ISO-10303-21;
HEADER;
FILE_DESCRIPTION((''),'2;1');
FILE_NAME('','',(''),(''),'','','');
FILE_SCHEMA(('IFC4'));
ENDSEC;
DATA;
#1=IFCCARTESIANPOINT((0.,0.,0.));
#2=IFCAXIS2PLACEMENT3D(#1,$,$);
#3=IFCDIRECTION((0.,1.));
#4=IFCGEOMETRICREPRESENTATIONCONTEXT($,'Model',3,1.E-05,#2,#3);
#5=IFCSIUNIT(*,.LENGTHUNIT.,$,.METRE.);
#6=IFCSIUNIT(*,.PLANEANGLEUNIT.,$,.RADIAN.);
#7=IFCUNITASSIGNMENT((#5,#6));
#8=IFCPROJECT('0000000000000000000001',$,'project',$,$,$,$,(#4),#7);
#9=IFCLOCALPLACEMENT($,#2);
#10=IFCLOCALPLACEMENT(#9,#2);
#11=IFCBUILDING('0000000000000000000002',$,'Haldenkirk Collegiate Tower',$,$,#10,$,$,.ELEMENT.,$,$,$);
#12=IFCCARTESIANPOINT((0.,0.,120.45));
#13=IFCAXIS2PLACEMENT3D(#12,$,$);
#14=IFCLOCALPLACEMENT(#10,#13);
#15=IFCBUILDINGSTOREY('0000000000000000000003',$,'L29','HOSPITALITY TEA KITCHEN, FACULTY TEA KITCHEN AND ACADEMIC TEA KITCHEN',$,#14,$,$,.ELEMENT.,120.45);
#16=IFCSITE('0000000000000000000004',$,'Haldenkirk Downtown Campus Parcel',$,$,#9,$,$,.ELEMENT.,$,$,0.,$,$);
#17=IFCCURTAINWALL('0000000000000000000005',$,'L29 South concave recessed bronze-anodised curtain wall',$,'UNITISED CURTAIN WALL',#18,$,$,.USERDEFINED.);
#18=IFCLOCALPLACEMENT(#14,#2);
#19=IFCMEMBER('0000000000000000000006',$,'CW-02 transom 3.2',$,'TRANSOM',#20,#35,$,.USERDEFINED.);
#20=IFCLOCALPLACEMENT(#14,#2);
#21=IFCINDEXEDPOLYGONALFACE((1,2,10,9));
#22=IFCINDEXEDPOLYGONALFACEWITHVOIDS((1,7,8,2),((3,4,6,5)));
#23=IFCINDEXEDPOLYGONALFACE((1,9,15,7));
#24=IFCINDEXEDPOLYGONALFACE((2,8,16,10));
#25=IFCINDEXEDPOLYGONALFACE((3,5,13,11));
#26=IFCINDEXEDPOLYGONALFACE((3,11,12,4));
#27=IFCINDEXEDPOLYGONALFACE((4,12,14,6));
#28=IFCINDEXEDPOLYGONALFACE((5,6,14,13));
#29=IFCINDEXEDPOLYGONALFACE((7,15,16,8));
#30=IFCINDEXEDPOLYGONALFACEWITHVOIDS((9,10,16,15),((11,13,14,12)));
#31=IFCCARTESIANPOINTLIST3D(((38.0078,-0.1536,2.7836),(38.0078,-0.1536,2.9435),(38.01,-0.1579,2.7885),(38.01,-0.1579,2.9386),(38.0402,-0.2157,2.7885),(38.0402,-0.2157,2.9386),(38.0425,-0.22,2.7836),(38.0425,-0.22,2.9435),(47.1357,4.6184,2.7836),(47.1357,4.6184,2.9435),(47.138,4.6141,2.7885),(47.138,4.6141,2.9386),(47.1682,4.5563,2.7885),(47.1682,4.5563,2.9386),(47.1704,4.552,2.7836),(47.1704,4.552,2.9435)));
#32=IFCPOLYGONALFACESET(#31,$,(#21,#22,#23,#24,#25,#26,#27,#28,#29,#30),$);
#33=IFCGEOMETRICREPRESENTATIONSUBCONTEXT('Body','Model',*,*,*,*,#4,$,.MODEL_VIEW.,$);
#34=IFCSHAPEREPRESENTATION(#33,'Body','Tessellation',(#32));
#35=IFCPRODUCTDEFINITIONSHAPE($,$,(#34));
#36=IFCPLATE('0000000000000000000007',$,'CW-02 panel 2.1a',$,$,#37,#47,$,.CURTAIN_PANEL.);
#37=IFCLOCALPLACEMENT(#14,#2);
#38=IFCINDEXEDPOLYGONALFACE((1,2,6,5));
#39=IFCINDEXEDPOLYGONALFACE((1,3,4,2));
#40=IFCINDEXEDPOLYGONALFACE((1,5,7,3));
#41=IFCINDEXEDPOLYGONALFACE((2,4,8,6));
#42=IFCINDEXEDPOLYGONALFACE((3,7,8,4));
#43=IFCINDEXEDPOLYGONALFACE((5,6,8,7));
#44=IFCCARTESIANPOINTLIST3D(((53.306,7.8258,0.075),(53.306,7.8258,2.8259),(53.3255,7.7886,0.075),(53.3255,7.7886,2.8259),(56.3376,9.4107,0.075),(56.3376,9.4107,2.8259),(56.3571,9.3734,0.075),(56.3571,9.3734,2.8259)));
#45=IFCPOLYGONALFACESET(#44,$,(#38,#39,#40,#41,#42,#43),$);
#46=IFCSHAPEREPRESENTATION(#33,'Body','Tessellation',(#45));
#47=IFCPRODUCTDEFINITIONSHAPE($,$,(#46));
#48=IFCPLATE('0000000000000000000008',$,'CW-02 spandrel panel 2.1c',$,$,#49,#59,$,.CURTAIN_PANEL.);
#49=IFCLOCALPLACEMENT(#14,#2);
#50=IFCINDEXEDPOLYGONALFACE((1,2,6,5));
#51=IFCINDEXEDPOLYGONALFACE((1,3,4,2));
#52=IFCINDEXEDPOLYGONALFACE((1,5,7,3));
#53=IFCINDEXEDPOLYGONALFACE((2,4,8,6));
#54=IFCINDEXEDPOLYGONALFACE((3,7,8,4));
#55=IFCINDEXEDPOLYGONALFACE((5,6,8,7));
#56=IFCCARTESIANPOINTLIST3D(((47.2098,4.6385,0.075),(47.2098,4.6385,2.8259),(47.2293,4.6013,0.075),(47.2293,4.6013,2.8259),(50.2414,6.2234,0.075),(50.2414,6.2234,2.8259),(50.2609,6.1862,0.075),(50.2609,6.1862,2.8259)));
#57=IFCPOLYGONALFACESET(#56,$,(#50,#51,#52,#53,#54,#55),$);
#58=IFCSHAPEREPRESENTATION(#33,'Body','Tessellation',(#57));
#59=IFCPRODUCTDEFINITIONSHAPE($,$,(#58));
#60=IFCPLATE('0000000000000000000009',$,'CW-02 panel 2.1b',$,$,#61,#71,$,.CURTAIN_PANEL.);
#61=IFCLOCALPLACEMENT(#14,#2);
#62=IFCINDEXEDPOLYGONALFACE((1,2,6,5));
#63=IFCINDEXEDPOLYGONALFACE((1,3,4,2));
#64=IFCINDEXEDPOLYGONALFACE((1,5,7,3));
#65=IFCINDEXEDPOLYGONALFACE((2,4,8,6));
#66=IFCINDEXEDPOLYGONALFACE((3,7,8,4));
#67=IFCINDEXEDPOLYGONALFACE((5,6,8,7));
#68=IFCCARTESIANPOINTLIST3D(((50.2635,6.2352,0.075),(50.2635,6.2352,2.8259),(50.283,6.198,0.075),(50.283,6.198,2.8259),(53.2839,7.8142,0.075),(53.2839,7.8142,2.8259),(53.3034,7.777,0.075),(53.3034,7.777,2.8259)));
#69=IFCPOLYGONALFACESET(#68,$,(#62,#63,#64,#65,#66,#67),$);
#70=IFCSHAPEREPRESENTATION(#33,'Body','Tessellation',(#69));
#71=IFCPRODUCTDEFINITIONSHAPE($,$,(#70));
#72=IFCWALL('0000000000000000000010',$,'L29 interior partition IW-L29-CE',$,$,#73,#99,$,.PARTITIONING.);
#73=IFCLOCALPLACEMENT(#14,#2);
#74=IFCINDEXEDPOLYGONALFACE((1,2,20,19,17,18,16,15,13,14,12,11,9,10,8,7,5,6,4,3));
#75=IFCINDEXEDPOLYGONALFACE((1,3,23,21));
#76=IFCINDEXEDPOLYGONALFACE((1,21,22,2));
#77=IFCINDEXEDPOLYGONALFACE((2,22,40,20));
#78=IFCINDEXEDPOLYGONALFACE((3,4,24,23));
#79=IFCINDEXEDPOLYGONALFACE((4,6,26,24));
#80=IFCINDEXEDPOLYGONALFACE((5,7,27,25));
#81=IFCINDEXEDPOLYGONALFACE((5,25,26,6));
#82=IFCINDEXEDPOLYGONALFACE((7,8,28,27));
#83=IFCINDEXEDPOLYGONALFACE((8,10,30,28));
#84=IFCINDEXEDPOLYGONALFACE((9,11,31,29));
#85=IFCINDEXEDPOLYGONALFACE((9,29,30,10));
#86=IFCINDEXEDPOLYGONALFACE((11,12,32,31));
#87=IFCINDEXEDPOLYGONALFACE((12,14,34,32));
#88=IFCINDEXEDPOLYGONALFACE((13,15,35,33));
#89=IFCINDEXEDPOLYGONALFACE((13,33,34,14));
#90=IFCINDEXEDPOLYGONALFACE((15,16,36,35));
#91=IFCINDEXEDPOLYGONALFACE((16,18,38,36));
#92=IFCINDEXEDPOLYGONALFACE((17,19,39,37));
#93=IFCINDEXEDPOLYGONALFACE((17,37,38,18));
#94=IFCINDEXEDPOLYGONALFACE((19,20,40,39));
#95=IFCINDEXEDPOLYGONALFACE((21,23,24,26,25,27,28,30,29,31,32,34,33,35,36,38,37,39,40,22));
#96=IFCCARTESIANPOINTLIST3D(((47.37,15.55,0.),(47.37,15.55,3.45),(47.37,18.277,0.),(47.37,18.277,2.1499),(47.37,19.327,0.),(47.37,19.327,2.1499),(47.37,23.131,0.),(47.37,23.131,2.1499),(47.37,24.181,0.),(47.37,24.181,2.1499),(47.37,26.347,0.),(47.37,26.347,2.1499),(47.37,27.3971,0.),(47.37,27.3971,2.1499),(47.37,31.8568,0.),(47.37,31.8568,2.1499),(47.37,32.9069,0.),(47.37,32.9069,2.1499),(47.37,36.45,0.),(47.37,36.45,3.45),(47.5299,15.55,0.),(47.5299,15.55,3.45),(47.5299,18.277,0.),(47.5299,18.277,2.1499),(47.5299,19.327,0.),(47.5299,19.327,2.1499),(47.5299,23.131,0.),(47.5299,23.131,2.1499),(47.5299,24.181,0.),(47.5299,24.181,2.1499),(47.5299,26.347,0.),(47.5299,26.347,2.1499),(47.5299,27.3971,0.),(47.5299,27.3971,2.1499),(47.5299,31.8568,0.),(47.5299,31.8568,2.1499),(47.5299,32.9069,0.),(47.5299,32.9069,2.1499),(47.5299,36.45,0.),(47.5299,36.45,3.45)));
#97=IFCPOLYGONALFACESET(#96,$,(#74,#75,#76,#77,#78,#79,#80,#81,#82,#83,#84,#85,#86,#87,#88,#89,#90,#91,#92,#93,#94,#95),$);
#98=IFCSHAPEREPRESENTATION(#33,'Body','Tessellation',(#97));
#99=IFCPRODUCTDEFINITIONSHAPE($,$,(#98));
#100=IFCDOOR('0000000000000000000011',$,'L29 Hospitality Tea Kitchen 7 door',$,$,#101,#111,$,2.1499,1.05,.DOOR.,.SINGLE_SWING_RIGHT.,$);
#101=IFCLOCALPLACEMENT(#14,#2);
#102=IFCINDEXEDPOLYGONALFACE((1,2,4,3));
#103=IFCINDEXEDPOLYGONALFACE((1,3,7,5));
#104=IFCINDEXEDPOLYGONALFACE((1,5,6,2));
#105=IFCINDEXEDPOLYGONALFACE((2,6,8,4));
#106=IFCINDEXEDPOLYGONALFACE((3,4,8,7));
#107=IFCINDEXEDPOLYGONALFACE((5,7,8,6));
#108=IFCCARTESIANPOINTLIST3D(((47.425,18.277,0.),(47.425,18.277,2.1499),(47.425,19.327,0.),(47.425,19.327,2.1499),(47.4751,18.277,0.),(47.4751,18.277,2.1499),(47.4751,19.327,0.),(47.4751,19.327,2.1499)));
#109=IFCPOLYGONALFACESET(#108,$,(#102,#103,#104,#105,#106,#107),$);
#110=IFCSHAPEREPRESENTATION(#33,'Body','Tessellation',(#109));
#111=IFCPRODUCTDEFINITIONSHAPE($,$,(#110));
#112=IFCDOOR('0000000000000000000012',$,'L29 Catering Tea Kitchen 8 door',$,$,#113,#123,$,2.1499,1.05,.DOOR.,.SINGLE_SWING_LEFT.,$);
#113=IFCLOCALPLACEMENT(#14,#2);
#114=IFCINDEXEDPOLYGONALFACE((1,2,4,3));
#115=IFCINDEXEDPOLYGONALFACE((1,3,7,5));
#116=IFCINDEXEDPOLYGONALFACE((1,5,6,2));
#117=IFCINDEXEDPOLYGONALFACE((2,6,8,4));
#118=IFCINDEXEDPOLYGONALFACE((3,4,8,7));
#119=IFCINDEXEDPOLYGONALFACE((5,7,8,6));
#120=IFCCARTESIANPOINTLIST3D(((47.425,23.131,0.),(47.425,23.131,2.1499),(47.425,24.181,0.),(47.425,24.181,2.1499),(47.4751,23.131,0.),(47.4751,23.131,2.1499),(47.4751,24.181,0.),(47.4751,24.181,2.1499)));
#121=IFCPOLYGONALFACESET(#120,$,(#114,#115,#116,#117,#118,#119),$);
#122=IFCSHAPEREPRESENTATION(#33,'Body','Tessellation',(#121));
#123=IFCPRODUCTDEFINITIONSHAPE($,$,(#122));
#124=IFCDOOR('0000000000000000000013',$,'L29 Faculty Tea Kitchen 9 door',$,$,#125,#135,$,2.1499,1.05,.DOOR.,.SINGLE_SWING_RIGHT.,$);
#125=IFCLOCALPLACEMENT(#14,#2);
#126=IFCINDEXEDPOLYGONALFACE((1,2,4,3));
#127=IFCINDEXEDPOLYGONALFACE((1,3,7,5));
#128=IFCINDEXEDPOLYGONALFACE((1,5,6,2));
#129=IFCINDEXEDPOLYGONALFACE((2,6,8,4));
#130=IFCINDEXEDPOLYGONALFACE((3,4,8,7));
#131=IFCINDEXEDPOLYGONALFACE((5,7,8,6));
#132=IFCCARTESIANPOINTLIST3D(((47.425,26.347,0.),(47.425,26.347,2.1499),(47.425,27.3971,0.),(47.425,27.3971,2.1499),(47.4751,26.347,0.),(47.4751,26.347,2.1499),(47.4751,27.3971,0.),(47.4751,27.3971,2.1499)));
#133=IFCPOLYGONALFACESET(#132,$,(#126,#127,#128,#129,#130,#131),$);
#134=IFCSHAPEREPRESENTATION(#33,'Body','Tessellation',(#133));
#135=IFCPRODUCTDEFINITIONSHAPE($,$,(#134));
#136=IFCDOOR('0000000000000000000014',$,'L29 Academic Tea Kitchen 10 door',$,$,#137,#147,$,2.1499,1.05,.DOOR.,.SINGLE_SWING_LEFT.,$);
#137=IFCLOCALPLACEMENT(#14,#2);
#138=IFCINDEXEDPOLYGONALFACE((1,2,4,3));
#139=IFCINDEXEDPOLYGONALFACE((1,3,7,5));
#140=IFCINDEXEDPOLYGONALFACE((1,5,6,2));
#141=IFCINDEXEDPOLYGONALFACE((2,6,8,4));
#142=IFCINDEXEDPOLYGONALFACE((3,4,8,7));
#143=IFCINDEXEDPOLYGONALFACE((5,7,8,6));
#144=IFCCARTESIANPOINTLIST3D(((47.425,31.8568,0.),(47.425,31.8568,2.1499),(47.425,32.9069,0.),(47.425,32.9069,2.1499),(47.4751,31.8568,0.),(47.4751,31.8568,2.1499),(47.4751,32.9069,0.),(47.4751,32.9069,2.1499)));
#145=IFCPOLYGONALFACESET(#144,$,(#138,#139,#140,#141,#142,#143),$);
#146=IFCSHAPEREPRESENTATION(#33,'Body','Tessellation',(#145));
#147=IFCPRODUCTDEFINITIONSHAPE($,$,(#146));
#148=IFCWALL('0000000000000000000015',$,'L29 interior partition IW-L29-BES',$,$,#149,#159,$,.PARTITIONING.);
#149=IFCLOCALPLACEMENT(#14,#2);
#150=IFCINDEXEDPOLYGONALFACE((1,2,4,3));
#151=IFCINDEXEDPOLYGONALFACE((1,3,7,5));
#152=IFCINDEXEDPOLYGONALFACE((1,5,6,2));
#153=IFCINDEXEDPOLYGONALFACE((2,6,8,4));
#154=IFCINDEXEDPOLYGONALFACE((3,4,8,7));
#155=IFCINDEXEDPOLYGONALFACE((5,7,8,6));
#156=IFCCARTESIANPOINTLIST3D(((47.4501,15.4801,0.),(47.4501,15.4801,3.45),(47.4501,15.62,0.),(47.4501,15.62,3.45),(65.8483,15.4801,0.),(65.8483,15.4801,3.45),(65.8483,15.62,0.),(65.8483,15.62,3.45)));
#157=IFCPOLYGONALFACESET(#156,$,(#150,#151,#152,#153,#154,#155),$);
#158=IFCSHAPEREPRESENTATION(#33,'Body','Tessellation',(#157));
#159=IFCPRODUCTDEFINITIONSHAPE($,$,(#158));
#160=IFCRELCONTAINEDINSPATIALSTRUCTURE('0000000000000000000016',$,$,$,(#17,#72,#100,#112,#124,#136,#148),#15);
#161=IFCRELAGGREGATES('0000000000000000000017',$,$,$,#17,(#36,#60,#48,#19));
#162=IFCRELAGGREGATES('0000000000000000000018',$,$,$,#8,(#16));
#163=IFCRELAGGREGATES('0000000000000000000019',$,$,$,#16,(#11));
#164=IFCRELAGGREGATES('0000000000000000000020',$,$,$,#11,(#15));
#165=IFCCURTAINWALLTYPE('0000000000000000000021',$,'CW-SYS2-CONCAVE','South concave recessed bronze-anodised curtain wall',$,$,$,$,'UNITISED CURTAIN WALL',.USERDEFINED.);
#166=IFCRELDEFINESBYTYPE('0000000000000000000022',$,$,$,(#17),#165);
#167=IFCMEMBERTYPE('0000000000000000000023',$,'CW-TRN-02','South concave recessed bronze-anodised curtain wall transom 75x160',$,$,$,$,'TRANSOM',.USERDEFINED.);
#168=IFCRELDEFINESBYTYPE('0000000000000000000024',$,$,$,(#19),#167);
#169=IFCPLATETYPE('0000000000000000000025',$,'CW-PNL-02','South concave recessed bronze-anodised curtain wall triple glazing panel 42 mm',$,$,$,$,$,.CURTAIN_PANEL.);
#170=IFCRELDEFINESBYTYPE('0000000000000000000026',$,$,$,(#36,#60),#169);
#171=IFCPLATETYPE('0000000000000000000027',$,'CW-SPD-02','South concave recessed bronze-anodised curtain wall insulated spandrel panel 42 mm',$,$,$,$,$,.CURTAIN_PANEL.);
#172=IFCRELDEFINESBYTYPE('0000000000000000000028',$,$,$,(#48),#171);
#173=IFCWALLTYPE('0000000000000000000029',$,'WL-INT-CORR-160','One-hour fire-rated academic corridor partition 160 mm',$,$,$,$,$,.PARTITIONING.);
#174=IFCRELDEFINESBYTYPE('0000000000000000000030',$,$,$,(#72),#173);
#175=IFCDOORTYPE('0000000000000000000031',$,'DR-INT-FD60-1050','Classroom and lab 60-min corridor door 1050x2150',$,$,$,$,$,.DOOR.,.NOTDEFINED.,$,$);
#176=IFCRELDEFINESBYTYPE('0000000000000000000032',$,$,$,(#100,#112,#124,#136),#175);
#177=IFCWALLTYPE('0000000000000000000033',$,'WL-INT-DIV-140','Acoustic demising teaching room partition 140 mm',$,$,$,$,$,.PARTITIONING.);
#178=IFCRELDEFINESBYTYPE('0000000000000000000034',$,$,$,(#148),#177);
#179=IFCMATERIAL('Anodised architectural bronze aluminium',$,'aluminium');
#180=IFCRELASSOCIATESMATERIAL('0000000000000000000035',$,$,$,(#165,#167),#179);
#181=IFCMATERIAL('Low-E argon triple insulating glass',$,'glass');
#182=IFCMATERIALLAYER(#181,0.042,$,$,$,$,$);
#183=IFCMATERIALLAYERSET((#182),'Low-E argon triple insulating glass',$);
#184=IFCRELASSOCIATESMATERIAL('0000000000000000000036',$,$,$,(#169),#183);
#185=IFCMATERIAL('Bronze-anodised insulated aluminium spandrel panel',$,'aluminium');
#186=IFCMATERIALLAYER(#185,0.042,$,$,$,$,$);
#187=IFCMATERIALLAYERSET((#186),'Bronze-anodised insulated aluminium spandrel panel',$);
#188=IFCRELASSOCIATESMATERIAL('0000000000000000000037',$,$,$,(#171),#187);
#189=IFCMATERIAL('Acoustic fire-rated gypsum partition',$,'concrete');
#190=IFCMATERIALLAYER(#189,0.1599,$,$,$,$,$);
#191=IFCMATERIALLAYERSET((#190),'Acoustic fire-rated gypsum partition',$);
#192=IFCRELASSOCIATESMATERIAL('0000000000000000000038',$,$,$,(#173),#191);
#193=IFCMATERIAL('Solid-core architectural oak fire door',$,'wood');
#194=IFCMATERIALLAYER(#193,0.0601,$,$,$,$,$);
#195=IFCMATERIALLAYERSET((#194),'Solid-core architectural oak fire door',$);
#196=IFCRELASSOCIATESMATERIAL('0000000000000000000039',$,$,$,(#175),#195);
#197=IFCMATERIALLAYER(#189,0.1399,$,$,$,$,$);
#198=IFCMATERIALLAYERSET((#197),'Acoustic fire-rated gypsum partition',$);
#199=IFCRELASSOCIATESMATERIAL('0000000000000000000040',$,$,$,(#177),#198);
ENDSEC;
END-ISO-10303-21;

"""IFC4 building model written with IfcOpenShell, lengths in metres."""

from ifc_helpers import new_model, si_unit, direction, frame, frame_2d, origin, origin_2d, place, context, subcontext, project, spatial, rectangle, hollow_rectangle, extrude, source, transform, mapped, material, layer, layer_set, material_profile, profile_set, type_object, element, fill, aggregate, save


model = new_model("IFC4")

# Units and contexts
model_context = context("Model", 3, precision=1e-05, world=origin(), true_north=direction((0.0, 1.0)))
body_context = subcontext(model_context, "Body", "Model", "MODEL_VIEW")
ifc_project = project(units=[si_unit("LENGTHUNIT", "METRE"), si_unit("PLANEANGLEUNIT", "RADIAN")], contexts=[model_context])

# Site, building, storey
site_placement = place(None, origin())
site = spatial("IfcSite", under=ifc_project, at=site_placement, Name="Haldenkirk Downtown Campus Parcel", CompositionType="ELEMENT", RefElevation=0.0)
building_placement = place(site_placement, origin())
building = spatial("IfcBuilding", under=site, at=building_placement, Name="Haldenkirk Collegiate Tower", CompositionType="ELEMENT")
storey_placement = place(building_placement, frame((0.0, 0.0, 120.45)))
storey = spatial("IfcBuildingStorey", under=building, at=storey_placement, Name="L29", Description="HOSPITALITY TEA KITCHEN, FACULTY TEA KITCHEN AND ACADEMIC TEA KITCHEN", CompositionType="ELEMENT", Elevation=120.45)

# Curtain wall, member, plates
ifc_material_1 = material(Name="Anodised architectural bronze aluminium", Category="aluminium")
curtain_wall_type = type_object("IfcCurtainWallType", Name="CW-SYS2-CONCAVE", Description="South concave recessed bronze-anodised curtain wall", ElementType="UNITISED CURTAIN WALL", PredefinedType="USERDEFINED", material=ifc_material_1)
curtain_wall_placement = place(storey_placement, origin())
curtain_wall = element("IfcCurtainWall", 1, at=curtain_wall_placement, inside=storey, type_object=curtain_wall_type, Name="L29 South concave recessed bronze-anodised curtain wall", ObjectType="UNITISED CURTAIN WALL", PredefinedType="USERDEFINED")
ifc_material_profile_1 = material_profile(ifc_material_1, hollow_rectangle(XDim=0.075, YDim=0.1599, WallThickness=0.0049, at=origin_2d()), Name="CW-TRN-02")
ifc_profile_set_1 = profile_set([ifc_material_profile_1], Name="Anodised architectural bronze aluminium")
member_type_1 = type_object("IfcMemberType", Name="CW-TRN-02", Description="South concave recessed bronze-anodised curtain wall transom 75x160", ElementType="TRANSOM", PredefinedType="USERDEFINED", material=ifc_profile_set_1)
member_1_placement = place(storey_placement, frame((47.1531, 4.5852, 2.8635), z_axis=(-0.886203, -0.463297, 0.0), x_axis=(0.463297, -0.886203, 0.0)))
member_1 = element("IfcMember", 2, at=member_1_placement, type_object=member_type_1, Name="CW-02 transom 3.2", ObjectType="TRANSOM", PredefinedType="USERDEFINED", context=body_context, shape_type="SweptSolid", body=[
    extrude(hollow_rectangle(XDim=0.075, YDim=0.1599, WallThickness=0.0049, at=origin_2d()), origin(), (0.0, 0.0, 1.0), 10.3),
])
ifc_material_2 = material(Name="Low-E argon triple insulating glass", Category="glass")
ifc_layer_1 = layer(ifc_material_2, 0.042)
ifc_layer_set_1 = layer_set([ifc_layer_1], Name="Low-E argon triple insulating glass")
plate_type_1 = type_object("IfcPlateType", Name="CW-PNL-02", Description="South concave recessed bronze-anodised curtain wall triple glazing panel 42 mm", PredefinedType="CURTAIN_PANEL", material=ifc_layer_set_1)
shared_shape_1 = source(origin(), body_context, "Body", "SweptSolid", [
    extrude(rectangle(XDim=3.4209, YDim=0.042, at=origin_2d()), origin(), (0.0, 0.0, 1.0), 2.751),
])
plate_1_placement = place(storey_placement, frame((54.8315, 8.5996, 0.075), z_axis=(0.0, 0.0, 1.0), x_axis=(-0.886203, -0.463297, 0.0)))
plate_1 = element("IfcPlate", 3, at=plate_1_placement, type_object=plate_type_1, Name="CW-02 panel 2.1a", PredefinedType="CURTAIN_PANEL", context=body_context, shape_type="MappedRepresentation", body=[
    mapped(shared_shape_1, transform((0.0, 0.0, 0.0), x_axis=(1.0, 0.0, 0.0), y_axis=(0.0, 1.0, 0.0), z_axis=(0.0, 0.0, 1.0), scale=1.0)),
])
ifc_material_3 = material(Name="Bronze-anodised insulated aluminium spandrel panel", Category="aluminium")
ifc_layer_2 = layer(ifc_material_3, 0.042)
ifc_layer_set_2 = layer_set([ifc_layer_2], Name="Bronze-anodised insulated aluminium spandrel panel")
plate_type_2 = type_object("IfcPlateType", Name="CW-SPD-02", Description="South concave recessed bronze-anodised curtain wall insulated spandrel panel 42 mm", PredefinedType="CURTAIN_PANEL", material=ifc_layer_set_2)
plate_2_placement = place(storey_placement, frame((48.7354, 5.4124, 0.075), z_axis=(0.0, 0.0, 1.0), x_axis=(-0.886203, -0.463297, 0.0)))
plate_2 = element("IfcPlate", 4, at=plate_2_placement, type_object=plate_type_2, Name="CW-02 spandrel panel 2.1c", PredefinedType="CURTAIN_PANEL", context=body_context, shape_type="MappedRepresentation", body=[
    mapped(shared_shape_1, transform((0.0, 0.0, 0.0), x_axis=(1.0, 0.0, 0.0), y_axis=(0.0, 1.0, 0.0), z_axis=(0.0, 0.0, 1.0), scale=1.0)),
])
shared_shape_2 = source(origin(), body_context, "Body", "SweptSolid", [
    extrude(rectangle(XDim=3.4082, YDim=0.042, at=origin_2d()), origin(), (0.0, 0.0, 1.0), 2.751),
])
plate_3_placement = place(storey_placement, frame((51.7834, 7.0061, 0.075), z_axis=(0.0, 0.0, 1.0), x_axis=(-0.886203, -0.463297, 0.0)))
plate_3 = element("IfcPlate", 5, at=plate_3_placement, type_object=plate_type_1, Name="CW-02 panel 2.1b", PredefinedType="CURTAIN_PANEL", context=body_context, shape_type="MappedRepresentation", body=[
    mapped(shared_shape_2, transform((0.0, 0.0, 0.0), x_axis=(1.0, 0.0, 0.0), y_axis=(0.0, 1.0, 0.0), z_axis=(0.0, 0.0, 1.0), scale=1.0)),
])
aggregate(curtain_wall, [plate_1, plate_3, plate_2, member_1])

# Wall, openings, doors
ifc_material_4 = material(Name="Acoustic fire-rated gypsum partition", Category="concrete")
ifc_layer_3 = layer(ifc_material_4, 0.1599)
ifc_layer_set_3 = layer_set([ifc_layer_3], Name="Acoustic fire-rated gypsum partition")
wall_type_1 = type_object("IfcWallType", Name="WL-INT-CORR-160", Description="One-hour fire-rated academic corridor partition 160 mm", PredefinedType="PARTITIONING", material=ifc_layer_set_3)
wall_1_placement = place(storey_placement, frame((47.45, 15.55, 0.0), z_axis=(0.0, 0.0, 1.0), x_axis=(0.0, 1.0, 0.0)))
wall_1 = element("IfcWall", 6, at=wall_1_placement, inside=storey, type_object=wall_type_1, Name="L29 interior partition IW-L29-CE", PredefinedType="PARTITIONING", context=body_context, shape_type="SweptSolid", body=[
    extrude(rectangle(XDim=20.8999, YDim=0.1599, at=frame_2d((10.45, 0.0))), origin(), (0.0, 0.0, 1.0), 3.45),
])
opening_1_placement = place(wall_1_placement, frame((2.7271, 0.0, 0.0)))
opening_1 = element("IfcOpeningElement", 7, at=opening_1_placement, cuts=wall_1, PredefinedType="OPENING", context=body_context, shape_type="SweptSolid", body=[
    extrude(rectangle(XDim=1.05, YDim=2.1499, at=frame_2d((0.5249, 1.075))), frame((0.0, 0.0898, 0.0), z_axis=(0.0, -1.0, 0.0), x_axis=(1.0, 0.0, 0.0)), (0.0, 0.0, 1.0), 0.1799),
])
opening_2_placement = place(wall_1_placement, frame((7.5811, 0.0, 0.0)))
opening_2 = element("IfcOpeningElement", 8, at=opening_2_placement, cuts=wall_1, PredefinedType="OPENING", context=body_context, shape_type="SweptSolid", body=[
    extrude(rectangle(XDim=1.05, YDim=2.1499, at=frame_2d((0.5249, 1.075))), frame((0.0, 0.0898, 0.0), z_axis=(0.0, -1.0, 0.0), x_axis=(1.0, 0.0, 0.0)), (0.0, 0.0, 1.0), 0.1799),
])
opening_3_placement = place(wall_1_placement, frame((10.7971, 0.0, 0.0)))
opening_3 = element("IfcOpeningElement", 9, at=opening_3_placement, cuts=wall_1, PredefinedType="OPENING", context=body_context, shape_type="SweptSolid", body=[
    extrude(rectangle(XDim=1.05, YDim=2.1499, at=frame_2d((0.5249, 1.075))), frame((0.0, 0.0898, 0.0), z_axis=(0.0, -1.0, 0.0), x_axis=(1.0, 0.0, 0.0)), (0.0, 0.0, 1.0), 0.1799),
])
opening_4_placement = place(wall_1_placement, frame((16.3069, 0.0, 0.0)))
opening_4 = element("IfcOpeningElement", 10, at=opening_4_placement, cuts=wall_1, PredefinedType="OPENING", context=body_context, shape_type="SweptSolid", body=[
    extrude(rectangle(XDim=1.05, YDim=2.1499, at=frame_2d((0.5249, 1.075))), frame((0.0, 0.0898, 0.0), z_axis=(0.0, -1.0, 0.0), x_axis=(1.0, 0.0, 0.0)), (0.0, 0.0, 1.0), 0.1799),
])
ifc_material_5 = material(Name="Solid-core architectural oak fire door", Category="wood")
ifc_layer_4 = layer(ifc_material_5, 0.0601)
ifc_layer_set_4 = layer_set([ifc_layer_4], Name="Solid-core architectural oak fire door")
door_type = type_object("IfcDoorType", Name="DR-INT-FD60-1050", Description="Classroom and lab 60-min corridor door 1050x2150", OperationType="NOTDEFINED", PredefinedType="DOOR", material=ifc_layer_set_4)
door_1_placement = place(opening_1_placement, origin())
door_1 = element("IfcDoor", 11, at=door_1_placement, inside=storey, type_object=door_type, Name="L29 Hospitality Tea Kitchen 7 door", OperationType="SINGLE_SWING_RIGHT", OverallHeight=2.1499, OverallWidth=1.05, PredefinedType="DOOR", context=body_context, shape_type="SweptSolid", body=[
    extrude(rectangle(XDim=1.05, YDim=2.1499, at=frame_2d((0.5249, 1.075))), frame((0.0, 0.0249, 0.0), z_axis=(0.0, -1.0, 0.0), x_axis=(1.0, 0.0, 0.0)), (0.0, 0.0, 1.0), 0.05),
])
fill(opening_1, door_1)
door_2_placement = place(opening_2_placement, origin())
door_2 = element("IfcDoor", 12, at=door_2_placement, inside=storey, type_object=door_type, Name="L29 Catering Tea Kitchen 8 door", OperationType="SINGLE_SWING_LEFT", OverallHeight=2.1499, OverallWidth=1.05, PredefinedType="DOOR", context=body_context, shape_type="SweptSolid", body=[
    extrude(rectangle(XDim=1.05, YDim=2.1499, at=frame_2d((0.5249, 1.075))), frame((0.0, 0.0249, 0.0), z_axis=(0.0, -1.0, 0.0), x_axis=(1.0, 0.0, 0.0)), (0.0, 0.0, 1.0), 0.05),
])
fill(opening_2, door_2)
door_3_placement = place(opening_3_placement, origin())
door_3 = element("IfcDoor", 13, at=door_3_placement, inside=storey, type_object=door_type, Name="L29 Faculty Tea Kitchen 9 door", OperationType="SINGLE_SWING_RIGHT", OverallHeight=2.1499, OverallWidth=1.05, PredefinedType="DOOR", context=body_context, shape_type="SweptSolid", body=[
    extrude(rectangle(XDim=1.05, YDim=2.1499, at=frame_2d((0.5249, 1.075))), frame((0.0, 0.0249, 0.0), z_axis=(0.0, -1.0, 0.0), x_axis=(1.0, 0.0, 0.0)), (0.0, 0.0, 1.0), 0.05),
])
fill(opening_3, door_3)
door_4_placement = place(opening_4_placement, origin())
door_4 = element("IfcDoor", 14, at=door_4_placement, inside=storey, type_object=door_type, Name="L29 Academic Tea Kitchen 10 door", OperationType="SINGLE_SWING_LEFT", OverallHeight=2.1499, OverallWidth=1.05, PredefinedType="DOOR", context=body_context, shape_type="SweptSolid", body=[
    extrude(rectangle(XDim=1.05, YDim=2.1499, at=frame_2d((0.5249, 1.075))), frame((0.0, 0.0249, 0.0), z_axis=(0.0, -1.0, 0.0), x_axis=(1.0, 0.0, 0.0)), (0.0, 0.0, 1.0), 0.05),
])
fill(opening_4, door_4)

# Wall
ifc_layer_5 = layer(ifc_material_4, 0.1399)
ifc_layer_set_5 = layer_set([ifc_layer_5], Name="Acoustic fire-rated gypsum partition")
wall_type_2 = type_object("IfcWallType", Name="WL-INT-DIV-140", Description="Acoustic demising teaching room partition 140 mm", PredefinedType="PARTITIONING", material=ifc_layer_set_5)
wall_2_placement = place(storey_placement, frame((47.45, 15.55, 0.0), z_axis=(0.0, 0.0, 1.0), x_axis=(1.0, 0.0, 0.0)))
element("IfcWall", 15, at=wall_2_placement, inside=storey, type_object=wall_type_2, Name="L29 interior partition IW-L29-BES", PredefinedType="PARTITIONING", context=body_context, shape_type="SweptSolid", body=[
    extrude(rectangle(XDim=18.3982, YDim=0.1399, at=frame_2d((9.1992, 0.0))), origin(), (0.0, 0.0, 1.0), 3.45),
])

save(model, "model.ifc")
